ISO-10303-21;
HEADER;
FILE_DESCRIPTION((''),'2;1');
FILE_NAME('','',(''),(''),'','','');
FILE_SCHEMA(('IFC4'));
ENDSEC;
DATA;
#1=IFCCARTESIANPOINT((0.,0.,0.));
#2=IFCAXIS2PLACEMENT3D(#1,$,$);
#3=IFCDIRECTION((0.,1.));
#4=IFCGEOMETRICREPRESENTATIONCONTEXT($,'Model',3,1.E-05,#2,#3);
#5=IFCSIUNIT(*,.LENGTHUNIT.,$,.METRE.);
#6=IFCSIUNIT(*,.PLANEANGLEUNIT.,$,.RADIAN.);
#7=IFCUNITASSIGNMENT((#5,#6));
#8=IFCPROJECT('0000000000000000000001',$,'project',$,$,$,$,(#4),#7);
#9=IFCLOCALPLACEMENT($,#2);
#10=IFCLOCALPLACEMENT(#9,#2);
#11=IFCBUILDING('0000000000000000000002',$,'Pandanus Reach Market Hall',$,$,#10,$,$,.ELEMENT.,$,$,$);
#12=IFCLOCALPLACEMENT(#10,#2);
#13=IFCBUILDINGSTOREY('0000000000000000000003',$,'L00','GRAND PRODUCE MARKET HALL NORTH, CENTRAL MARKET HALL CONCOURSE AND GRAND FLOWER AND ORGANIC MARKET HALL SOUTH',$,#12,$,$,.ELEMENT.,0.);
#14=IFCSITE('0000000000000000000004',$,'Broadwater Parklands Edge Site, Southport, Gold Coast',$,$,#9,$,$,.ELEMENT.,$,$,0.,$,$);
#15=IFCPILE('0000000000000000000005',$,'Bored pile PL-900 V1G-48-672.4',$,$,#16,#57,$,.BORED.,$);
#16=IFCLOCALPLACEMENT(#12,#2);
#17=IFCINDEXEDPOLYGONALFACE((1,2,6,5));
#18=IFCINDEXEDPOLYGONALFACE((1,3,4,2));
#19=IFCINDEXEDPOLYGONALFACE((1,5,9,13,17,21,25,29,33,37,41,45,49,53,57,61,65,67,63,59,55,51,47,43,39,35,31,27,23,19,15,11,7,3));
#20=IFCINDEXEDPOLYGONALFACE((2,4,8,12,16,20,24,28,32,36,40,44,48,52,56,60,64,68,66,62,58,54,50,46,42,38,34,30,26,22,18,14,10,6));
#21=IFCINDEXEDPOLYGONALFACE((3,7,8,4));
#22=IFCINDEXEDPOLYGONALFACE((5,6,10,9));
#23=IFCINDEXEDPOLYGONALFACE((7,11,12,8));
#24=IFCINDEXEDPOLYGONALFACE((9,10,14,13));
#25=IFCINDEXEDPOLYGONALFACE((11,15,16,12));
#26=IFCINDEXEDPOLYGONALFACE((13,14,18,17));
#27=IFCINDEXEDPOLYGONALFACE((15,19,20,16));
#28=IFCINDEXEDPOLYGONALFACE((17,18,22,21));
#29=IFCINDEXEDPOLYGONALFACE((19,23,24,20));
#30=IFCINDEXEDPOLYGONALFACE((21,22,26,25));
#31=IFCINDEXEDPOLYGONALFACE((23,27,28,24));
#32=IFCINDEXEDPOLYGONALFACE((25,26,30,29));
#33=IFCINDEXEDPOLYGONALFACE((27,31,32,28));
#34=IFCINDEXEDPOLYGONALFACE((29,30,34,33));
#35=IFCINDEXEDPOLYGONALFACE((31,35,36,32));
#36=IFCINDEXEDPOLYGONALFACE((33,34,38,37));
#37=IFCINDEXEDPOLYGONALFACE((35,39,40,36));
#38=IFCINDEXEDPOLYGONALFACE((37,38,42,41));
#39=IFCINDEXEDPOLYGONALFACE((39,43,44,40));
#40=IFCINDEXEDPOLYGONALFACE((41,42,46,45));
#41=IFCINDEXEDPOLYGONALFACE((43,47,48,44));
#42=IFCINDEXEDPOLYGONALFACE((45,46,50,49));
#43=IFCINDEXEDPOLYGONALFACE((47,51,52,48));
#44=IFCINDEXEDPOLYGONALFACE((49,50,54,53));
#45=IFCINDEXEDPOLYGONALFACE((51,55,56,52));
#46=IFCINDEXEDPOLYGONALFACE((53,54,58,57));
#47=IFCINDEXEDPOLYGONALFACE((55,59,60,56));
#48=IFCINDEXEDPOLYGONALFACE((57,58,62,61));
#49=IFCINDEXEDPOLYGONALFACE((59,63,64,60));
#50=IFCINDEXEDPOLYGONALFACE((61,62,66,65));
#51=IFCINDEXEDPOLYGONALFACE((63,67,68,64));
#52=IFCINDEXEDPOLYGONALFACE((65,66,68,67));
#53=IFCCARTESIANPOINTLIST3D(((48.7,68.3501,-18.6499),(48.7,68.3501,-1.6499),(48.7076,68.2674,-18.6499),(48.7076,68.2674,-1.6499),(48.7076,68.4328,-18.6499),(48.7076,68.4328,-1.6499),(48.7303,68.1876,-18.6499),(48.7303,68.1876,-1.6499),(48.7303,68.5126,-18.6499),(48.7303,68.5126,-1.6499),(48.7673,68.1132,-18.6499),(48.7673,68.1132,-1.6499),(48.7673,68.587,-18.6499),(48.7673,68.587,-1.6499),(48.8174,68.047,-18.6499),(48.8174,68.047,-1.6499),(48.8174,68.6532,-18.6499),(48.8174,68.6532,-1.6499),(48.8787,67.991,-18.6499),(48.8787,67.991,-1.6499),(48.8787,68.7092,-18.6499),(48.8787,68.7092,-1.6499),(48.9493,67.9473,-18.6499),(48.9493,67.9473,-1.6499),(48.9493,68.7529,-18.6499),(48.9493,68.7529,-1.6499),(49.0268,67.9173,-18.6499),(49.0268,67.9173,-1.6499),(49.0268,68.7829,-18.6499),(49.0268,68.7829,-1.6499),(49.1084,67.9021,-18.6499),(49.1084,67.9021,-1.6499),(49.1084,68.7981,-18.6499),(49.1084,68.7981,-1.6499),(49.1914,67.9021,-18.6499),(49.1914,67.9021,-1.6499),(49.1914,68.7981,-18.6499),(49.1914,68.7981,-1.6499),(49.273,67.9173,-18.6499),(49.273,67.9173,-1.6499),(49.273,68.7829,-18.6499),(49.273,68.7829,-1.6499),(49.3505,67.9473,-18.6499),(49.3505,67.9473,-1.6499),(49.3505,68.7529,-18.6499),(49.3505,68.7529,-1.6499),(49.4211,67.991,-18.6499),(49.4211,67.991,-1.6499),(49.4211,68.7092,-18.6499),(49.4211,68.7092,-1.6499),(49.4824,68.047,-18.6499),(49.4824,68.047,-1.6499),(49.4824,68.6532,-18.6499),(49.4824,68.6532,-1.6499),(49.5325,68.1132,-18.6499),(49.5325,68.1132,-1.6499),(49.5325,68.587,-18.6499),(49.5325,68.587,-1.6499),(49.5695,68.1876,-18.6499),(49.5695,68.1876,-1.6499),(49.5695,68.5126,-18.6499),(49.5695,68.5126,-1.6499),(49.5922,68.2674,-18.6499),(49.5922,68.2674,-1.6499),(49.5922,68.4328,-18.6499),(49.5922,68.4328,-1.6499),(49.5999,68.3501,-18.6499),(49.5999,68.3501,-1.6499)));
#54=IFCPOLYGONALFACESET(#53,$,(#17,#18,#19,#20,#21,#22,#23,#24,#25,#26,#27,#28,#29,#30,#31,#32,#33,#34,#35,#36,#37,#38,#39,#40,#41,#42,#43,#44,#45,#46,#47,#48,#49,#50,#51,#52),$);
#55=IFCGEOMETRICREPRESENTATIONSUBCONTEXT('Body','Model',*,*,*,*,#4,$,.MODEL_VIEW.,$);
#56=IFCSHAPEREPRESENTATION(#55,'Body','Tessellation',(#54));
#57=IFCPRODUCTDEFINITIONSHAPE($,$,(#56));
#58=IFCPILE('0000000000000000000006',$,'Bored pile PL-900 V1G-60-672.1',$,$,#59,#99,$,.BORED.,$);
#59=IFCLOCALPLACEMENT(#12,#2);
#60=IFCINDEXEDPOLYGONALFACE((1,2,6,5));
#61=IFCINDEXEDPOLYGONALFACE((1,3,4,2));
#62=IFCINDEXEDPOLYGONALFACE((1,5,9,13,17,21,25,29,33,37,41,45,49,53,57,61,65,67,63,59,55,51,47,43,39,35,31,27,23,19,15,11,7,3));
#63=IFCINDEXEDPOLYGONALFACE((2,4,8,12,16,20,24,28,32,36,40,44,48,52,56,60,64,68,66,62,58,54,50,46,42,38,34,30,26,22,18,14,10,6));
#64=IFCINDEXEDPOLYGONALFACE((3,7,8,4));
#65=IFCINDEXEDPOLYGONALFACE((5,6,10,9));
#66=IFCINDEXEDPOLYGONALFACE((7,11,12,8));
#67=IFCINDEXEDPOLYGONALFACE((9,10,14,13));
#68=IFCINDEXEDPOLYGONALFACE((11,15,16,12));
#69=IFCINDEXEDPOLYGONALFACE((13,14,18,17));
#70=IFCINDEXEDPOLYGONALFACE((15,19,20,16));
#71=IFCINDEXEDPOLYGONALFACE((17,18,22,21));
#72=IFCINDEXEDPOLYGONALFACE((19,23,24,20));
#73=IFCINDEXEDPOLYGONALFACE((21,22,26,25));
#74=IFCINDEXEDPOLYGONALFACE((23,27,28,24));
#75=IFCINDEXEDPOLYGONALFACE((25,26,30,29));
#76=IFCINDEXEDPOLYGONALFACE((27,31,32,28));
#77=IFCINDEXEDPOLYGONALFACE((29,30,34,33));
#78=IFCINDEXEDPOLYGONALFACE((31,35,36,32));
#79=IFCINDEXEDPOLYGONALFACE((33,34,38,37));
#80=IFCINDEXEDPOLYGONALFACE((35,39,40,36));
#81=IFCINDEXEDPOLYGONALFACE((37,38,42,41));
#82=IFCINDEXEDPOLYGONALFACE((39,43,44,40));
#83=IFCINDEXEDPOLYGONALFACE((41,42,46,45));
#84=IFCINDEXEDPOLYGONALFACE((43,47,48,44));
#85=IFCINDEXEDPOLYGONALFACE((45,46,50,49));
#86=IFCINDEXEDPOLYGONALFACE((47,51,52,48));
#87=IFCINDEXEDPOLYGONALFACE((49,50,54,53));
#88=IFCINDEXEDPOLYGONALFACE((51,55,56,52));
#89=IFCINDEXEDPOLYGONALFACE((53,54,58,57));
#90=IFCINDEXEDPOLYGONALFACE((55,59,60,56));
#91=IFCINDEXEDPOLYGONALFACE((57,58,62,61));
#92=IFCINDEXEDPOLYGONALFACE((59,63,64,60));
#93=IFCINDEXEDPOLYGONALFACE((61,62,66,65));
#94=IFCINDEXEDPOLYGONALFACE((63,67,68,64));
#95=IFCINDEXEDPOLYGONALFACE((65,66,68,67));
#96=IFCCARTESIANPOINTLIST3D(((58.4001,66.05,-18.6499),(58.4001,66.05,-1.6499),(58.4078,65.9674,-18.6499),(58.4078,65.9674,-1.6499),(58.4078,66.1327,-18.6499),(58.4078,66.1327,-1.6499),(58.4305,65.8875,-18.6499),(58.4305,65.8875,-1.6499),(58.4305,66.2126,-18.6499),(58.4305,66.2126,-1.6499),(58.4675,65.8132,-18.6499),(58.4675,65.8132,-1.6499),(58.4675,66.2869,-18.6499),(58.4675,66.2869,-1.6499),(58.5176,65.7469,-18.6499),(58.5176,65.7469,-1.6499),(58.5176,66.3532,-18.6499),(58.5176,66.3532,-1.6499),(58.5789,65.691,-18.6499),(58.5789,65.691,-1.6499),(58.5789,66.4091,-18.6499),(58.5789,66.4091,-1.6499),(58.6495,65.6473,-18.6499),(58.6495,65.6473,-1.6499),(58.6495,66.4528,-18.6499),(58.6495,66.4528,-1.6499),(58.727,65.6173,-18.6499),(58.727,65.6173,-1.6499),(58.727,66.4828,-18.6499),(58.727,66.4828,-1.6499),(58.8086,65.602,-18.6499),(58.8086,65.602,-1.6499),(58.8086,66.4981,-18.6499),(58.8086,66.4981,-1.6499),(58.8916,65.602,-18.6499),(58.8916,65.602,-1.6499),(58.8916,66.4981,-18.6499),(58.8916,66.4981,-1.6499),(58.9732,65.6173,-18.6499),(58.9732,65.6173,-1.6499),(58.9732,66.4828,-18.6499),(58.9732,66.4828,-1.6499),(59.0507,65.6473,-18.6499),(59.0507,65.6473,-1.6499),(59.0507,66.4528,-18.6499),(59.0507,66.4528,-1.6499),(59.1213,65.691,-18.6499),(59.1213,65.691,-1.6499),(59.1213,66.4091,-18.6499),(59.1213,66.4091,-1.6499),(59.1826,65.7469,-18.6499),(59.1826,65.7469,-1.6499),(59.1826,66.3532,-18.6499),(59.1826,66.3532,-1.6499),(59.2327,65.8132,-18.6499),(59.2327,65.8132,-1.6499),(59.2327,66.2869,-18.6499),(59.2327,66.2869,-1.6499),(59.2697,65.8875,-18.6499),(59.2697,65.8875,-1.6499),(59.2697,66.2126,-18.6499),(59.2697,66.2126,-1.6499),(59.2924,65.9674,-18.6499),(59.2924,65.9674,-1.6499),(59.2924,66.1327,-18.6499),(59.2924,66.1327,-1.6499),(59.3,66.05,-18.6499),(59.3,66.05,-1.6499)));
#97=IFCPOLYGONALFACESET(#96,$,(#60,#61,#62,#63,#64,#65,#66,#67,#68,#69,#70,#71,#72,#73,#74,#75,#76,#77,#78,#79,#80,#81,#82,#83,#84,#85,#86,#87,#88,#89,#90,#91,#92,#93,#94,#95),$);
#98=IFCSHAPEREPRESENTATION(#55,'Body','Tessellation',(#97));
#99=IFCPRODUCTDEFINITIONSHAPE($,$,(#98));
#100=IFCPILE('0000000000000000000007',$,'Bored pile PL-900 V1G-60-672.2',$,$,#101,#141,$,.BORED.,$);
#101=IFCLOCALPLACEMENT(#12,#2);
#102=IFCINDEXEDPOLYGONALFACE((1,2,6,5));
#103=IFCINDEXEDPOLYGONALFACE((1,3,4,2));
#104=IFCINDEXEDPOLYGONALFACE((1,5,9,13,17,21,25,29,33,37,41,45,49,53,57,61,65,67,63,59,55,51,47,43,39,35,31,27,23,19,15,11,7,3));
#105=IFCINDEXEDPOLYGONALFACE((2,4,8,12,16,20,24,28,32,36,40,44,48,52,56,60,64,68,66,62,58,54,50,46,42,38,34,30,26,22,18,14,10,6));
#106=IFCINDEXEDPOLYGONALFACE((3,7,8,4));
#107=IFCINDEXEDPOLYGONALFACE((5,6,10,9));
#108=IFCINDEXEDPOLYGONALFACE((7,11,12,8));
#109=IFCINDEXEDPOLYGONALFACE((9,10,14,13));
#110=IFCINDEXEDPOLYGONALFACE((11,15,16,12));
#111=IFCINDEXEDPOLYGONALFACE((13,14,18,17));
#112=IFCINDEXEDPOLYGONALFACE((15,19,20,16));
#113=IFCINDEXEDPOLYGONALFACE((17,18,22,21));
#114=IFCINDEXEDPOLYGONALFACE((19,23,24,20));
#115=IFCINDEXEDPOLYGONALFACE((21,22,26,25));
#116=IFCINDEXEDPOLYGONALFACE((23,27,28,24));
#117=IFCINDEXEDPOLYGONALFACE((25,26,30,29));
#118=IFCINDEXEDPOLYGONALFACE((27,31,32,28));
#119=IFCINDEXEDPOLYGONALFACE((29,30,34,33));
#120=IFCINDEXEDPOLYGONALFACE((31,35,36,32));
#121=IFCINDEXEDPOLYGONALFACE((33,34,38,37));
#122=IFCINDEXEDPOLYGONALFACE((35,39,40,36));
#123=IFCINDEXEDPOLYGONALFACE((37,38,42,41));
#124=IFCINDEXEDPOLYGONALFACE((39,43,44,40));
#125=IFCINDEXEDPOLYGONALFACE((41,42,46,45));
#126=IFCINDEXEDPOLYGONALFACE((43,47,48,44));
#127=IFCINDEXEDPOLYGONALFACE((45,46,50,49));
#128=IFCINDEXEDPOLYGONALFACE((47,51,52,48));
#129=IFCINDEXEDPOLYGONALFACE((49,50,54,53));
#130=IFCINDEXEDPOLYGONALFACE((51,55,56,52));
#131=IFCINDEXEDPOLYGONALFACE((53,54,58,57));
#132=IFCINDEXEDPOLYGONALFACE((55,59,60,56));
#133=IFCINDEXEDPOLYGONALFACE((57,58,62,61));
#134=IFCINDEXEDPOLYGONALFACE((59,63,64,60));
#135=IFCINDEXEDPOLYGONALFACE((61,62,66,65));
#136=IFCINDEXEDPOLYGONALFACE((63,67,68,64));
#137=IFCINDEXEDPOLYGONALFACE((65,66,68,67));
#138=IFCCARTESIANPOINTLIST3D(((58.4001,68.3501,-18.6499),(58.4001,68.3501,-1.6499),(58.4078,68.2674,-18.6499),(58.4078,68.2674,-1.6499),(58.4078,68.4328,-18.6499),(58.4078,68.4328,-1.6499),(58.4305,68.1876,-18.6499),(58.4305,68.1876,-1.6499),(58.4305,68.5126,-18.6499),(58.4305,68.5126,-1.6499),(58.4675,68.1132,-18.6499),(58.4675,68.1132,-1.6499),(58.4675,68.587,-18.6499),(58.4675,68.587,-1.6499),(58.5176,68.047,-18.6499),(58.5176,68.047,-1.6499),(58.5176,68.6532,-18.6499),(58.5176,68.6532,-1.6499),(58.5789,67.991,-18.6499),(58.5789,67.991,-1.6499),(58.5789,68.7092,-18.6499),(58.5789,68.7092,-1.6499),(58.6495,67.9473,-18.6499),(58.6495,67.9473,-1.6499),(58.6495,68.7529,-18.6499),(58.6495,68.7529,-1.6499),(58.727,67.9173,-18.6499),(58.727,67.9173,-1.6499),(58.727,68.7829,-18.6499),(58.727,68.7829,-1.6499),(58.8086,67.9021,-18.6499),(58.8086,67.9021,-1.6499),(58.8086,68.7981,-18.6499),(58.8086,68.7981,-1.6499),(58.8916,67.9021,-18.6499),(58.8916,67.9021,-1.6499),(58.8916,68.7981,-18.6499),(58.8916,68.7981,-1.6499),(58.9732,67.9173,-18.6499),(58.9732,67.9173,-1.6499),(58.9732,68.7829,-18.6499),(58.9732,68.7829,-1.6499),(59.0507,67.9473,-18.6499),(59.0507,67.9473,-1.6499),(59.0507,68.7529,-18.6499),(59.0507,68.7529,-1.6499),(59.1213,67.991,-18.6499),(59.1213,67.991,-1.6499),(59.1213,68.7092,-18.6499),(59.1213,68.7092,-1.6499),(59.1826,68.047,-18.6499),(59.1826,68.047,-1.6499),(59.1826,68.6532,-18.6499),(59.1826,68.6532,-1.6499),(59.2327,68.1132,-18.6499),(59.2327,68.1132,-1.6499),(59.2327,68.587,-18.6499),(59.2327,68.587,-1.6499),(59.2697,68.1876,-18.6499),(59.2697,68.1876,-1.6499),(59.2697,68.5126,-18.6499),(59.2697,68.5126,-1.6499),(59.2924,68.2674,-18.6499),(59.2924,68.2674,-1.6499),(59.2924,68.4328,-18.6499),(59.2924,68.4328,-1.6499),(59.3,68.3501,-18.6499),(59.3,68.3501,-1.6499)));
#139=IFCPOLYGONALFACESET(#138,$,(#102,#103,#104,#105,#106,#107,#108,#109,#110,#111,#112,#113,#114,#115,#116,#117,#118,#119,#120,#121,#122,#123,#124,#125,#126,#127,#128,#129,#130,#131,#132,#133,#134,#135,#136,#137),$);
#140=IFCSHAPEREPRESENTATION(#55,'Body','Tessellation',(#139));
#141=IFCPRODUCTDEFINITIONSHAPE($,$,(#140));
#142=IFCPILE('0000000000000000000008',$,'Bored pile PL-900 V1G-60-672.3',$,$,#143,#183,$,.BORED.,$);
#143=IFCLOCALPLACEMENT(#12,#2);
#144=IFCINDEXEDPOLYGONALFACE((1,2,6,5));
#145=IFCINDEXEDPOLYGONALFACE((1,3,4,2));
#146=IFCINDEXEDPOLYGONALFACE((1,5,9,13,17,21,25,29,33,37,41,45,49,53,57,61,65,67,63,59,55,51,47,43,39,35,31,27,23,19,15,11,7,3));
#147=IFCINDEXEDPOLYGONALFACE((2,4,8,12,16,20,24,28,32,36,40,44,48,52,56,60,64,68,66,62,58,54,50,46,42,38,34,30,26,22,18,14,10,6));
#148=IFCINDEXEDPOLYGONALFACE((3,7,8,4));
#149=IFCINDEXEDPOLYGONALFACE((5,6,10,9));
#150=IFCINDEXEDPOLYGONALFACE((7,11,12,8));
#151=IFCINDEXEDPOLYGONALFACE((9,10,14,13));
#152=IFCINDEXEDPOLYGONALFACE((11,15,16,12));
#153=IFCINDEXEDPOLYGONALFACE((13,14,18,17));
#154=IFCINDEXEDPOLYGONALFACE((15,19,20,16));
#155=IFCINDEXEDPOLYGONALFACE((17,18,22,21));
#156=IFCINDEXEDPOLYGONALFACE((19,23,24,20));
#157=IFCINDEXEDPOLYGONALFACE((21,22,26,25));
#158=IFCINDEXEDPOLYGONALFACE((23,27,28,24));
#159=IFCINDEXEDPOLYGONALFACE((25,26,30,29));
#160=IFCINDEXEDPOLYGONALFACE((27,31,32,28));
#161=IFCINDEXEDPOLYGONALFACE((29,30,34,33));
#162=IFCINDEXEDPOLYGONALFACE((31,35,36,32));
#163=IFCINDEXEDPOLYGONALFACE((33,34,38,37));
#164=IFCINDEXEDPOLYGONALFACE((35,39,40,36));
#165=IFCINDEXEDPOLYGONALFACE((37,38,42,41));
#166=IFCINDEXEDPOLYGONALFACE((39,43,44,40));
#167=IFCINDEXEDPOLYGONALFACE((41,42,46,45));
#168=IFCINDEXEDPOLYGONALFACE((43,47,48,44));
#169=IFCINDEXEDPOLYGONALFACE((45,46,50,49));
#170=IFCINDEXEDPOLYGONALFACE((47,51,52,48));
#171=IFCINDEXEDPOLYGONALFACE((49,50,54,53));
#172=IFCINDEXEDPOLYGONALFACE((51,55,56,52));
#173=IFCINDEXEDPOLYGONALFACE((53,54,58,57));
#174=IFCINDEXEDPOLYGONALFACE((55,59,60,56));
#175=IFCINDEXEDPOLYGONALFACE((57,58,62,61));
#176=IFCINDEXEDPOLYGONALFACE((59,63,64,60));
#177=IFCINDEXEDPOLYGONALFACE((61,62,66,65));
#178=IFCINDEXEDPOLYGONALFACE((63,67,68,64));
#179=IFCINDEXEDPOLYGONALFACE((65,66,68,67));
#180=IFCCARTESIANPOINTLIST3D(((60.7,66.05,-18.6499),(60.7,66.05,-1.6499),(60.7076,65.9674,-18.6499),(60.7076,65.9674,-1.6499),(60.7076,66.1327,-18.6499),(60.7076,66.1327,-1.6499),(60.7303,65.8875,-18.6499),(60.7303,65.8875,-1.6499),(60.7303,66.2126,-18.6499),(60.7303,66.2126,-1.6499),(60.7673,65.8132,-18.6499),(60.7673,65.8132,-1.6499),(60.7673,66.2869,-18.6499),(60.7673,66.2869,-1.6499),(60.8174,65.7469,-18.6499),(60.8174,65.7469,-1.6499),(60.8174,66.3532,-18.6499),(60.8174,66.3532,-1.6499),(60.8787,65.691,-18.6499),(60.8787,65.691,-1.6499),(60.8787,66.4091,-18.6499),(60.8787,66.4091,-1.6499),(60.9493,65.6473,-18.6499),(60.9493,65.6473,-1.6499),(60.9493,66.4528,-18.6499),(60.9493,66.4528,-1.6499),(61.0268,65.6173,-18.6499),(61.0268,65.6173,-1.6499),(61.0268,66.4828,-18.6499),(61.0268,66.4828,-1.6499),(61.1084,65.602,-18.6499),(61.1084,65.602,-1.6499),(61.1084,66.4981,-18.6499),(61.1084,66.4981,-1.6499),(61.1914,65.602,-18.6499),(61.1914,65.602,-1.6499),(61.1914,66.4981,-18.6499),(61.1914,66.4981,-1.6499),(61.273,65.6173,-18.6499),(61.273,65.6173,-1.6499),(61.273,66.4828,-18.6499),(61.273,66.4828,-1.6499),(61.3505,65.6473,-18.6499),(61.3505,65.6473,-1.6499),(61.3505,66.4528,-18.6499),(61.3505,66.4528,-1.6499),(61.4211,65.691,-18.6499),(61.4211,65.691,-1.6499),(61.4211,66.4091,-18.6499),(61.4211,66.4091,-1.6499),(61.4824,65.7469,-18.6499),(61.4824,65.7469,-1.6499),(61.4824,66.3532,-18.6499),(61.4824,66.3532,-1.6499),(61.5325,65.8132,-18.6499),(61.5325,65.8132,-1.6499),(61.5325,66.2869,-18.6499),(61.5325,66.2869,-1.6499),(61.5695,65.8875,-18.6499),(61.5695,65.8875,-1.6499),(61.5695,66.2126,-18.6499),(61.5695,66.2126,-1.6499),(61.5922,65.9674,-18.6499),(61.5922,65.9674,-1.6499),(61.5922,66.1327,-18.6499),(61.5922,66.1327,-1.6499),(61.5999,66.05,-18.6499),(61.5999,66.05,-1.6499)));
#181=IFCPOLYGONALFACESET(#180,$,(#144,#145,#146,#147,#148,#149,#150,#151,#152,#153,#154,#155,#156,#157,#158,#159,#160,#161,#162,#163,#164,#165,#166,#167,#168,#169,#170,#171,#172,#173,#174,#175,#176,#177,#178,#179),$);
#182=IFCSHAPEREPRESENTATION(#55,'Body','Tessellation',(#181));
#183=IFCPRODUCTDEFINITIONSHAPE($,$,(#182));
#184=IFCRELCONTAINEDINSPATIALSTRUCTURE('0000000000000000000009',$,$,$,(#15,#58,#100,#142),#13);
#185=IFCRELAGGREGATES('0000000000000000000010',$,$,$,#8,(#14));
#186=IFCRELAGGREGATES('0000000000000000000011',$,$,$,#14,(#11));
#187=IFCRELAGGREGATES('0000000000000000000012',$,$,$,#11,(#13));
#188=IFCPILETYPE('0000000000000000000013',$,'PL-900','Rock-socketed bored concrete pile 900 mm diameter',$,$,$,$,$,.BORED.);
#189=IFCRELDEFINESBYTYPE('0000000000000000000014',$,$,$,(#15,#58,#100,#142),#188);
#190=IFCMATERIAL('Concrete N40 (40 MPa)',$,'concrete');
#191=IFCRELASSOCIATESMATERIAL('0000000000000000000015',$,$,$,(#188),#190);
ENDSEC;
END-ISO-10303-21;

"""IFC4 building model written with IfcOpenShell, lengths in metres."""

from ifc_helpers import new_model, si_unit, direction, frame, origin, origin_2d, place, context, subcontext, project, spatial, circle, extrude, material, material_profile, profile_set, type_object, element, save


model = new_model("IFC4")

# Units and contexts
model_context = context("Model", 3, precision=1e-05, world=origin(), true_north=direction((0.0, 1.0)))
body_context = subcontext(model_context, "Body", "Model", "MODEL_VIEW")
ifc_project = project(units=[si_unit("LENGTHUNIT", "METRE"), si_unit("PLANEANGLEUNIT", "RADIAN")], contexts=[model_context])

# Site, building, storey
site_placement = place(None, origin())
site = spatial("IfcSite", under=ifc_project, at=site_placement, Name="Broadwater Parklands Edge Site, Southport, Gold Coast", CompositionType="ELEMENT", RefElevation=0.0)
building_placement = place(site_placement, origin())
building = spatial("IfcBuilding", under=site, at=building_placement, Name="Pandanus Reach Market Hall", CompositionType="ELEMENT")
storey_placement = place(building_placement, origin())
storey = spatial("IfcBuildingStorey", under=building, at=storey_placement, Name="L00", Description="GRAND PRODUCE MARKET HALL NORTH, CENTRAL MARKET HALL CONCOURSE AND GRAND FLOWER AND ORGANIC MARKET HALL SOUTH", CompositionType="ELEMENT", Elevation=0.0)

# Shared definitions
ifc_material_1 = material(Name="Concrete N40 (40 MPa)", Category="concrete")

# Piles
ifc_material_profile_1 = material_profile(ifc_material_1, circle(Radius=0.45, at=origin_2d()), Name="PILE-900D", Category="LoadBearing")
ifc_profile_set_1 = profile_set([ifc_material_profile_1], Name="Concrete N40 (40 MPa)")
pile_type = type_object("IfcPileType", Name="PL-900", Description="Rock-socketed bored concrete pile 900 mm diameter", PredefinedType="BORED", material=ifc_profile_set_1)
for number, where, z_axis, x_axis, name in (
    (1, (49.1499, 68.3501, -1.6499), (0.0, 0.0, -1.0), (1.0, 0.0, 0.0), "Bored pile PL-900 V1G-48-672.4"),
    (2, (58.8501, 66.05, -1.6499), (0.0, 0.0, -1.0), (1.0, 0.0, 0.0), "Bored pile PL-900 V1G-60-672.1"),
    (3, (58.8501, 68.3501, -1.6499), (0.0, 0.0, -1.0), (1.0, 0.0, 0.0), "Bored pile PL-900 V1G-60-672.2"),
    (4, (61.1499, 66.05, -1.6499), (0.0, 0.0, -1.0), (1.0, 0.0, 0.0), "Bored pile PL-900 V1G-60-672.3"),
):
    element("IfcPile", number, at=place(storey_placement, frame(where, z_axis=z_axis, x_axis=x_axis)), inside=storey, type_object=pile_type, Name=name, PredefinedType="BORED", context=body_context, shape_type="SweptSolid", body=[
        extrude(circle(Radius=0.45, at=origin_2d()), origin(), (0.0, 0.0, 1.0), 17.0),
    ])

save(model, "model.ifc")
